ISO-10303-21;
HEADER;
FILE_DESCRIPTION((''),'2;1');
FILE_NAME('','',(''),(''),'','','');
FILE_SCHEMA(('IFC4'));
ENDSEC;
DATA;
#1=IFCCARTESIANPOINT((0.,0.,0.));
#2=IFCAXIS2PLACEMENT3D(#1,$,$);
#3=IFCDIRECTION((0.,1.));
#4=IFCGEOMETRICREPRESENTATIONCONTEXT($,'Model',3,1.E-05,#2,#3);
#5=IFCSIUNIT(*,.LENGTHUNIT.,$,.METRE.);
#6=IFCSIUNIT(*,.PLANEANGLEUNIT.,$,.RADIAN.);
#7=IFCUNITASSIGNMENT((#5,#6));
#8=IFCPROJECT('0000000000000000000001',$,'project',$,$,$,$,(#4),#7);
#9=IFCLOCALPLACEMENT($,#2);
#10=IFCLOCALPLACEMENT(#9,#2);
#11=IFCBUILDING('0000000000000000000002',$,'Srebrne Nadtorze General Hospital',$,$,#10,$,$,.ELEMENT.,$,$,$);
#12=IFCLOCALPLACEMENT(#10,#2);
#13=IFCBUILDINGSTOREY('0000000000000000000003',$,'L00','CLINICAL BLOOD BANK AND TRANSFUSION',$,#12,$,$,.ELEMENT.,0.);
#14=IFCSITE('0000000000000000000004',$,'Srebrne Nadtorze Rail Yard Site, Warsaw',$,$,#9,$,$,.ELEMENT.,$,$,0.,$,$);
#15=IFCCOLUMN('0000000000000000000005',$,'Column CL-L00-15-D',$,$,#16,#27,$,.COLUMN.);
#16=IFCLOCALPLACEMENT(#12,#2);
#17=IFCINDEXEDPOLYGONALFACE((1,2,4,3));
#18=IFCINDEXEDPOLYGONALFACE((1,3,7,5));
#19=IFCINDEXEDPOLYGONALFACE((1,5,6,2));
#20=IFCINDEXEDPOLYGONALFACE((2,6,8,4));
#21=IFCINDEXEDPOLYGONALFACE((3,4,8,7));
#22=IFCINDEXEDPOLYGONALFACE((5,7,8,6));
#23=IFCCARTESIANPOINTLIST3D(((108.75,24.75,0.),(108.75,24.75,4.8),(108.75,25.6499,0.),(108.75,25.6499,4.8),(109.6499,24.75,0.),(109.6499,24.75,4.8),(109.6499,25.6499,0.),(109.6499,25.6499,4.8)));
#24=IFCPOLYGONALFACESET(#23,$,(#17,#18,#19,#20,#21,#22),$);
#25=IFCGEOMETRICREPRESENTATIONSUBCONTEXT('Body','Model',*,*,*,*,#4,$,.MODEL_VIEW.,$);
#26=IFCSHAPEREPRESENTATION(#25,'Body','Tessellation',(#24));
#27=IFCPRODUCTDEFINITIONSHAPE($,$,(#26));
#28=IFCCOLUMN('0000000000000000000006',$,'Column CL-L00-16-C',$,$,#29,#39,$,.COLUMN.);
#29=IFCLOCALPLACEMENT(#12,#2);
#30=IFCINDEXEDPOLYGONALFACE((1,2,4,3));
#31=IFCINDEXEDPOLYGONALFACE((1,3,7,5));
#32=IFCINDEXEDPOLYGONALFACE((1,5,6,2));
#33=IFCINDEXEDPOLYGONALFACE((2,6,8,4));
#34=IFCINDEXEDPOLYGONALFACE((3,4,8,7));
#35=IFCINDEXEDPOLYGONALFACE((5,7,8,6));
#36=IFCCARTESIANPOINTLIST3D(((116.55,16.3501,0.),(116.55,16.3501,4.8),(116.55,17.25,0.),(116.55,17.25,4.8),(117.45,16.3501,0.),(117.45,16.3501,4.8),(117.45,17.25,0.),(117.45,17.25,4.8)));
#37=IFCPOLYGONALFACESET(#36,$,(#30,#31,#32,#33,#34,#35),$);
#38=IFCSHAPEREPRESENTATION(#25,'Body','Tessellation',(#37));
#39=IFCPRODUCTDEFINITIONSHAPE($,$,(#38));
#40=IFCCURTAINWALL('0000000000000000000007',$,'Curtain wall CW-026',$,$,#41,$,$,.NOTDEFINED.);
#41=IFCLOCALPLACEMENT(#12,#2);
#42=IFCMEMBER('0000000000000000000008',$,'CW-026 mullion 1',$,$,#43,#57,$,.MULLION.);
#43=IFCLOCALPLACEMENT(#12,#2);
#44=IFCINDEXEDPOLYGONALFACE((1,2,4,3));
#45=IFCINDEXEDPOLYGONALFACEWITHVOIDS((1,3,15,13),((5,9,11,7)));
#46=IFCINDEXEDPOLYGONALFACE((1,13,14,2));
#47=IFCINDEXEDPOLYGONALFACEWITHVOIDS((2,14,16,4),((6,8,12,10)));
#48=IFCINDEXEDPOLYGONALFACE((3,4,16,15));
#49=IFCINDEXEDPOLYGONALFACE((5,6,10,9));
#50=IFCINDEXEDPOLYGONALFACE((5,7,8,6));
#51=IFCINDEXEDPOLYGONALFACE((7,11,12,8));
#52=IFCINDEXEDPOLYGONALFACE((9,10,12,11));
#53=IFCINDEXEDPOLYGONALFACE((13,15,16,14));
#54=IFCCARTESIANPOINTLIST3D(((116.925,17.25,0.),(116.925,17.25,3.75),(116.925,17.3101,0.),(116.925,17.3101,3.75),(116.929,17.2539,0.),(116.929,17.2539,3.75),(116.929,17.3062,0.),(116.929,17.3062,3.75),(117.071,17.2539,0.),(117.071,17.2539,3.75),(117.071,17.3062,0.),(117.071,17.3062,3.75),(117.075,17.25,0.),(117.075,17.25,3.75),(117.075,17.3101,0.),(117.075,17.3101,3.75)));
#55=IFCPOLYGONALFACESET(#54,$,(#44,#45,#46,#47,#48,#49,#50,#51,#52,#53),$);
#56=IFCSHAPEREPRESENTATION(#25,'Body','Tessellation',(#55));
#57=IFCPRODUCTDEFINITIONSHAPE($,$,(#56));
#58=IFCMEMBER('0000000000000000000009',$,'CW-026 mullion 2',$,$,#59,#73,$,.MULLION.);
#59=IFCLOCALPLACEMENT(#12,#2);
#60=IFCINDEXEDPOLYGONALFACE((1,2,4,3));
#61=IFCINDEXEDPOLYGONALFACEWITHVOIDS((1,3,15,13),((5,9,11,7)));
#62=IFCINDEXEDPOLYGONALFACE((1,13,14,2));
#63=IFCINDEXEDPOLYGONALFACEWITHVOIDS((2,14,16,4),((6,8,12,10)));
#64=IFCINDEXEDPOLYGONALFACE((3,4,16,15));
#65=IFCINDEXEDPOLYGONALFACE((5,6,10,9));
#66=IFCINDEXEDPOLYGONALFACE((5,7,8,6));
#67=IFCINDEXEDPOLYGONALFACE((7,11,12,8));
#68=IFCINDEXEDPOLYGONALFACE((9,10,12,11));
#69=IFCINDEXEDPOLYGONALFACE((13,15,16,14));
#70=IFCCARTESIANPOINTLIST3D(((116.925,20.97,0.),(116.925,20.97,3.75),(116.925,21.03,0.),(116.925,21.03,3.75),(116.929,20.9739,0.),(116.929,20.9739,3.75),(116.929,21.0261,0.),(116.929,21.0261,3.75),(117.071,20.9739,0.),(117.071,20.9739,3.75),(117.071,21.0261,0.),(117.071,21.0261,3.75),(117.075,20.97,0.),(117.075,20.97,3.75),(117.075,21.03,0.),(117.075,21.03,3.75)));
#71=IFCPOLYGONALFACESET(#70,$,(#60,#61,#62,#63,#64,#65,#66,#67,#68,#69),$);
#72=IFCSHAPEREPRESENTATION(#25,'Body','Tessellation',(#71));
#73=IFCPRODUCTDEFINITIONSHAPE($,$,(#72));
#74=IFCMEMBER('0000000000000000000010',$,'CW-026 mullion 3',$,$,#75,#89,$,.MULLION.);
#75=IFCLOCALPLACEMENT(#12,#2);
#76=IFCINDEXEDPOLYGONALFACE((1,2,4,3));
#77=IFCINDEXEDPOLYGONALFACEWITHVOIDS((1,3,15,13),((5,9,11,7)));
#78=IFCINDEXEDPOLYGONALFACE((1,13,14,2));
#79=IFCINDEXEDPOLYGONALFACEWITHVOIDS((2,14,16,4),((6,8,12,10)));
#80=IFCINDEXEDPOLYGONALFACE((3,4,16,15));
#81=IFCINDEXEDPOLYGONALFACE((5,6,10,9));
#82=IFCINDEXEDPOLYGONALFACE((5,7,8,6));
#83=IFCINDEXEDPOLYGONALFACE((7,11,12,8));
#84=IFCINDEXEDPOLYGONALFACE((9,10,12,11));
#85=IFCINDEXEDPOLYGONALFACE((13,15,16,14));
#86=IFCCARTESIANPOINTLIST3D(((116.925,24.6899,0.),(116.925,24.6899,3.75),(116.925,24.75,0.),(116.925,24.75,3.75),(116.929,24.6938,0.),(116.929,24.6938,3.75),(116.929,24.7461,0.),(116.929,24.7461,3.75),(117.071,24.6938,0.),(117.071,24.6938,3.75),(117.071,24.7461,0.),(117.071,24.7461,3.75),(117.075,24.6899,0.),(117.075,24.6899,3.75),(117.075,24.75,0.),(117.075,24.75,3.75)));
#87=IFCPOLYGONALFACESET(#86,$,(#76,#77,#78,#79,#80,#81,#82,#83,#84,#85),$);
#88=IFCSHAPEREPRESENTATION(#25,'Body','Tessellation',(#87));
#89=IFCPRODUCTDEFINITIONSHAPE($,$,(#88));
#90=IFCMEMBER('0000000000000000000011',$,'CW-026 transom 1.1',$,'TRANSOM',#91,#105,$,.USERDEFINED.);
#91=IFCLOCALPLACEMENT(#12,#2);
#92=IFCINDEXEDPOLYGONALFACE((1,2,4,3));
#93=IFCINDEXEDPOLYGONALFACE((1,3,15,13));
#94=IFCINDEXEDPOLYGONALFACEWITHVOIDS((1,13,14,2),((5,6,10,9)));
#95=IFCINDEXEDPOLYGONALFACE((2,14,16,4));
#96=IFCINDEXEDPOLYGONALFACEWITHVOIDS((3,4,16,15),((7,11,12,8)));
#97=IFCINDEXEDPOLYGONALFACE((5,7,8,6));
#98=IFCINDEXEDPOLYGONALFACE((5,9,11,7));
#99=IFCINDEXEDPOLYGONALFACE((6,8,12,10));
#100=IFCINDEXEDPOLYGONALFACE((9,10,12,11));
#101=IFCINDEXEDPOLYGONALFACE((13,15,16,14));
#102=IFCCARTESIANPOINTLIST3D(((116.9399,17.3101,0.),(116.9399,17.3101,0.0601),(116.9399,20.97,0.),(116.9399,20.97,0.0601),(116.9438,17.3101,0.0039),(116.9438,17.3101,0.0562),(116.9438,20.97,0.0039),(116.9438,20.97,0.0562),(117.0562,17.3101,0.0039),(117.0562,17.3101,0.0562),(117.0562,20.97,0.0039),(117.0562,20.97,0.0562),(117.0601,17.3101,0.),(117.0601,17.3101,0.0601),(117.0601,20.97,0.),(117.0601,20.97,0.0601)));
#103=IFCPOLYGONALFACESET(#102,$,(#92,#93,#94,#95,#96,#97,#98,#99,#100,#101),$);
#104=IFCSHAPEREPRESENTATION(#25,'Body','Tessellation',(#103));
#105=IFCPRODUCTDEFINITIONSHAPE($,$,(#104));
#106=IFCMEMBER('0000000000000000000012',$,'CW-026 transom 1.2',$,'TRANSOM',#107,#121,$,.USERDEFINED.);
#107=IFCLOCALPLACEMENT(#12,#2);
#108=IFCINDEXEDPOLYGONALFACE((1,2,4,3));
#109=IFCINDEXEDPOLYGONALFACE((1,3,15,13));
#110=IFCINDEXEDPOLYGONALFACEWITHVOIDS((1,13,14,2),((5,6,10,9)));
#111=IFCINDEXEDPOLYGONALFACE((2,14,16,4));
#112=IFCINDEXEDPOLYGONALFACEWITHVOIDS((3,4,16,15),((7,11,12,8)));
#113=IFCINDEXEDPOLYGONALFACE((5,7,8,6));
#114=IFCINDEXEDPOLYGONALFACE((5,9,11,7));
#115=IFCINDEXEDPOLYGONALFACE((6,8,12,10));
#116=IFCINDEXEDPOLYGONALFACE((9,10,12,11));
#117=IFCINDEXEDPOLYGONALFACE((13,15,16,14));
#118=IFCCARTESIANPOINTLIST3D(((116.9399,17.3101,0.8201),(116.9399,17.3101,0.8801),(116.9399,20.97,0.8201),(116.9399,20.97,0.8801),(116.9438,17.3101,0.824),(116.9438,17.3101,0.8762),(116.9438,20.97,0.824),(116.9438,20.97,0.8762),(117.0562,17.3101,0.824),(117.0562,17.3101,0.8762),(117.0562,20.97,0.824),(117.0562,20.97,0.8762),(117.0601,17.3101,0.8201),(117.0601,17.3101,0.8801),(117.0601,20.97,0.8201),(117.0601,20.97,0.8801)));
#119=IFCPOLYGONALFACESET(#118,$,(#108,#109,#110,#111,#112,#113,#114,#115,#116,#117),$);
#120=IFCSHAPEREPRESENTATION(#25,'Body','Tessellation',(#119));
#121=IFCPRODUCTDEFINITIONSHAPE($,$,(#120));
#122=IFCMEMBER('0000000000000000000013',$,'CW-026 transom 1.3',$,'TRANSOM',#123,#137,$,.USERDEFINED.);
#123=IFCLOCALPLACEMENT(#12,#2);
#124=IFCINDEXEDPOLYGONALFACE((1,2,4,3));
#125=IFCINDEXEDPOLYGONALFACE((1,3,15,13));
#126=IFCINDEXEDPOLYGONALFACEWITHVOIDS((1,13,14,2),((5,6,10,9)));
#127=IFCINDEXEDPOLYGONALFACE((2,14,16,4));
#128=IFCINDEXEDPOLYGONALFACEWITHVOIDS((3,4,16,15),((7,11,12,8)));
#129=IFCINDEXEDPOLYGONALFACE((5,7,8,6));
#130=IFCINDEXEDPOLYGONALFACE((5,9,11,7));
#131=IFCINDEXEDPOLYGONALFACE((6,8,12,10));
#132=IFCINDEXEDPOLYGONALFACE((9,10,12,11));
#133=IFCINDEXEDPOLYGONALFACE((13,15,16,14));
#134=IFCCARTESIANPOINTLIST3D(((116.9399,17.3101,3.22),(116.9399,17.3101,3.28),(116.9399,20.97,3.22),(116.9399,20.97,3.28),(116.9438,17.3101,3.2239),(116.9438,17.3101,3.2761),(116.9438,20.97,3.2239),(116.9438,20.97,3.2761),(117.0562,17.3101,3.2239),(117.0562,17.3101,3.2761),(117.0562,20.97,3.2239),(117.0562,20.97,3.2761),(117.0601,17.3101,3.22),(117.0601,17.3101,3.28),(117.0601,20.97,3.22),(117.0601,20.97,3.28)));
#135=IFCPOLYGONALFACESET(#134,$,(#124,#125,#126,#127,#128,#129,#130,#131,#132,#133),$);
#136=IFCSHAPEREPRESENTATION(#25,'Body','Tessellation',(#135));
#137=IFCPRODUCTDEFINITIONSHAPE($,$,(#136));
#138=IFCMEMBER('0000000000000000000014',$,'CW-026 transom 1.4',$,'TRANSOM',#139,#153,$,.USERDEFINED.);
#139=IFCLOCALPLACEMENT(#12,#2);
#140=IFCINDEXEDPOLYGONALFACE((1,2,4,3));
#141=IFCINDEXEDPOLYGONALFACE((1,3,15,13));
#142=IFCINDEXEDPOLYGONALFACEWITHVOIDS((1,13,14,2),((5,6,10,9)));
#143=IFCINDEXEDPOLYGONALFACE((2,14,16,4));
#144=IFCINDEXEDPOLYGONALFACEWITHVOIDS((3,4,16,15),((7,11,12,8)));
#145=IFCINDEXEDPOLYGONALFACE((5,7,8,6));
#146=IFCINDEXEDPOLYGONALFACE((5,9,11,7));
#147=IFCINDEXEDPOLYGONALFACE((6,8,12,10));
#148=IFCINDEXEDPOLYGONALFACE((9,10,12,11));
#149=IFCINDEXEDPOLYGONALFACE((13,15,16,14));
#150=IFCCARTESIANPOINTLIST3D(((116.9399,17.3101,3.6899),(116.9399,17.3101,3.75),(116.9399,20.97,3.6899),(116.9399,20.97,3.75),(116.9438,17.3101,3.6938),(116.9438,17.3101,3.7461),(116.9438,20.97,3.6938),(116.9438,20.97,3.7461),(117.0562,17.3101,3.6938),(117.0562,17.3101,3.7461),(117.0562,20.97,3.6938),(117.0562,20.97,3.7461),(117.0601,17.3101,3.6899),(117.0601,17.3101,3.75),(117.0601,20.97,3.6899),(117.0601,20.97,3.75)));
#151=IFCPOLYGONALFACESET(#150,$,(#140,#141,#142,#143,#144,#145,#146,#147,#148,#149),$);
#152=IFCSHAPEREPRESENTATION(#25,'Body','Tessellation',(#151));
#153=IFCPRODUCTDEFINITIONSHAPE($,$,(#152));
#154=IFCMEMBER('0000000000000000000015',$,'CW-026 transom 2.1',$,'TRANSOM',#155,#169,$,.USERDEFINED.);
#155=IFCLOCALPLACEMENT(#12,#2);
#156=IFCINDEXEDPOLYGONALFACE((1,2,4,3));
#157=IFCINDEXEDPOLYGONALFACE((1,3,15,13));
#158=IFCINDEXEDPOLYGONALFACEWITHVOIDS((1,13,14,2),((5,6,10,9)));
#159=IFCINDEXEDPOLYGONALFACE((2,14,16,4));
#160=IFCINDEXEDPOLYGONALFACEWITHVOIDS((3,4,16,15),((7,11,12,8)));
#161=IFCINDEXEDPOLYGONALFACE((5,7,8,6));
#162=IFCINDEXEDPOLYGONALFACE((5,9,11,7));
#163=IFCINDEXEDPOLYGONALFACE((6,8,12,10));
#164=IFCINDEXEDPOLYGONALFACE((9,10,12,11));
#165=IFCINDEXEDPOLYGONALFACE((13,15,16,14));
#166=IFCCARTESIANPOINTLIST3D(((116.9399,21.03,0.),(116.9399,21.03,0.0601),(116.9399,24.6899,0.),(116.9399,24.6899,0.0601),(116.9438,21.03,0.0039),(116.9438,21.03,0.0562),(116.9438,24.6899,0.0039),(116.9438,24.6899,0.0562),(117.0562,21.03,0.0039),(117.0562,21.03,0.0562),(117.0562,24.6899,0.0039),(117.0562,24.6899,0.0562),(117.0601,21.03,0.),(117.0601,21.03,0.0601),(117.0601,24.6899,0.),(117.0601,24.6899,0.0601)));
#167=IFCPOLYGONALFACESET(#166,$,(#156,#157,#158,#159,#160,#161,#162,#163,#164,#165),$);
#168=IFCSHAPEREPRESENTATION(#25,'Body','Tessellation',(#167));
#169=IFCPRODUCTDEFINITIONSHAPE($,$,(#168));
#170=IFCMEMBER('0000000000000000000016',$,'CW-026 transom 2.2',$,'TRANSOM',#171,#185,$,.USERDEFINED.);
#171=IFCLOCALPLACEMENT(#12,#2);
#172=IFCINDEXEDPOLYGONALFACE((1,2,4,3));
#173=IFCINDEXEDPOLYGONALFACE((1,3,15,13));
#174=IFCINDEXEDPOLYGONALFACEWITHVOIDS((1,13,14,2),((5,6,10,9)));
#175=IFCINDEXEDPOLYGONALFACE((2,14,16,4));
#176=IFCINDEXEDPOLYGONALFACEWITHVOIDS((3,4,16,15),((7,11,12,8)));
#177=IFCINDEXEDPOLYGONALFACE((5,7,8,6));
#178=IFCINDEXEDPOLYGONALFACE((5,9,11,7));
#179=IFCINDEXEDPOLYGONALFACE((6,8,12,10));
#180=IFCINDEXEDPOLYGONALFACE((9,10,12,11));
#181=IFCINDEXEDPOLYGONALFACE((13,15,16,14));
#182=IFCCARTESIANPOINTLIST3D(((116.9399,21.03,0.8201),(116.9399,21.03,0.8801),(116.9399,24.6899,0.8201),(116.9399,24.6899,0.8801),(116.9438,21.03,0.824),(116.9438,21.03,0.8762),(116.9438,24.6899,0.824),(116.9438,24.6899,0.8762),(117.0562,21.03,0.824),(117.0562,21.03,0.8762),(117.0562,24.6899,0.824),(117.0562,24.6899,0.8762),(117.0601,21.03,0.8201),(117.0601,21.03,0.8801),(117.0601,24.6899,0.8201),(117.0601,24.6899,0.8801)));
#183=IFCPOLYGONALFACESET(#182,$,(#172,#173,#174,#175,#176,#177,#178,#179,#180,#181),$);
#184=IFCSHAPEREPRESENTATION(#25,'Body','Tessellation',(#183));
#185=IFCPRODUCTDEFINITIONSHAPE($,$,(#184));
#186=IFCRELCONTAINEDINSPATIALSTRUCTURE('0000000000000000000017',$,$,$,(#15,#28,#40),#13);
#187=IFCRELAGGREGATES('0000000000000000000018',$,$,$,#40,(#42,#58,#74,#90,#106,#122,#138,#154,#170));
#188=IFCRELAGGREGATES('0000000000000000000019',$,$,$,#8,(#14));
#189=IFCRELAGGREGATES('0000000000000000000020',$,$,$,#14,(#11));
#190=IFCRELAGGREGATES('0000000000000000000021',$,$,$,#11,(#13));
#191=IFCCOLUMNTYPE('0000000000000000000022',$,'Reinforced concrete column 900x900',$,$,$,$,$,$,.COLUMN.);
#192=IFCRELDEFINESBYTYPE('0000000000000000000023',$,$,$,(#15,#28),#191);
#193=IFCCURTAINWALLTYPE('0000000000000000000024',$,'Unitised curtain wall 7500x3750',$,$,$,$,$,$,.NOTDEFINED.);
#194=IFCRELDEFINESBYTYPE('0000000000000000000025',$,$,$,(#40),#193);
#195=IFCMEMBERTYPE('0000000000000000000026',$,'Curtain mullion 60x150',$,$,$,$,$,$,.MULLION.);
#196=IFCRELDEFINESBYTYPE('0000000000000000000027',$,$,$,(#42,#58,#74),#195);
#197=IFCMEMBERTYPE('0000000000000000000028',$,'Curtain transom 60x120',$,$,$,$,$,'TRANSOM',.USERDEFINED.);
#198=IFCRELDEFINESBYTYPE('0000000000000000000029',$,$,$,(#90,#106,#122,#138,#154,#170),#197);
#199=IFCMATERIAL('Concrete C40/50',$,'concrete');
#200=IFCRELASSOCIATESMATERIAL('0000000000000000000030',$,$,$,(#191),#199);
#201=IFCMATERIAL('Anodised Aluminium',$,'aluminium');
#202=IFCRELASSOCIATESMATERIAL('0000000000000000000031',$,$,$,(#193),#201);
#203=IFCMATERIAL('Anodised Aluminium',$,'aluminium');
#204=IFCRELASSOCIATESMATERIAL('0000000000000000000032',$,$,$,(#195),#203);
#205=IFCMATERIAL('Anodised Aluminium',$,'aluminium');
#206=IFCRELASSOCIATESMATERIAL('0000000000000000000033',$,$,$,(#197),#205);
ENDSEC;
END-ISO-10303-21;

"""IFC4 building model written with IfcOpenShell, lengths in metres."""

from ifc_helpers import new_model, si_unit, direction, frame, origin, origin_2d, place, context, subcontext, project, spatial, rectangle, hollow_rectangle, extrude, material, material_profile, profile_set, type_object, element, aggregate, save


model = new_model("IFC4")

# Units and contexts
model_context = context("Model", 3, precision=1e-05, world=origin(), true_north=direction((0.0, 1.0)))
body_context = subcontext(model_context, "Body", "Model", "MODEL_VIEW")
ifc_project = project(units=[si_unit("LENGTHUNIT", "METRE"), si_unit("PLANEANGLEUNIT", "RADIAN")], contexts=[model_context])

# Site, building, storey
site_placement = place(None, origin())
site = spatial("IfcSite", under=ifc_project, at=site_placement, Name="Srebrne Nadtorze Rail Yard Site, Warsaw", CompositionType="ELEMENT", RefElevation=0.0)
building_placement = place(site_placement, origin())
building = spatial("IfcBuilding", under=site, at=building_placement, Name="Srebrne Nadtorze General Hospital", CompositionType="ELEMENT")
storey_placement = place(building_placement, origin())
storey = spatial("IfcBuildingStorey", under=building, at=storey_placement, Name="L00", Description="CLINICAL BLOOD BANK AND TRANSFUSION", CompositionType="ELEMENT", Elevation=0.0)

# Columns
ifc_material_1 = material(Name="Concrete C40/50", Category="concrete")
ifc_material_profile_1 = material_profile(ifc_material_1, rectangle(XDim=0.8999, YDim=0.8999, at=origin_2d()), Name="RC-COL-900x900")
ifc_profile_set_1 = profile_set([ifc_material_profile_1], Name="Concrete C40/50")
column_type = type_object("IfcColumnType", Name="Reinforced concrete column 900x900", PredefinedType="COLUMN", material=ifc_profile_set_1)
for number, where, z_axis, x_axis, name in (
    (1, (109.2, 25.2, 0.0), (0.0, 0.0, 1.0), (1.0, 0.0, 0.0), "Column CL-L00-15-D"),
    (2, (117.0, 16.8, 0.0), (0.0, 0.0, 1.0), (1.0, 0.0, 0.0), "Column CL-L00-16-C"),
):
    element("IfcColumn", number, at=place(storey_placement, frame(where, z_axis=z_axis, x_axis=x_axis)), inside=storey, type_object=column_type, Name=name, PredefinedType="COLUMN", context=body_context, shape_type="SweptSolid", body=[
        extrude(rectangle(XDim=0.8999, YDim=0.8999, at=origin_2d()), origin(), (0.0, 0.0, 1.0), 4.8),
    ])

# Curtain wall, members
ifc_material_2 = material(Name="Anodised Aluminium", Category="aluminium")
curtain_wall_type = type_object("IfcCurtainWallType", Name="Unitised curtain wall 7500x3750", PredefinedType="NOTDEFINED", material=ifc_material_2)
curtain_wall_placement = place(storey_placement, origin())
curtain_wall = element("IfcCurtainWall", 3, at=curtain_wall_placement, inside=storey, type_object=curtain_wall_type, Name="Curtain wall CW-026", PredefinedType="NOTDEFINED")
ifc_material_3 = material(Name="Anodised Aluminium", Category="aluminium")
ifc_material_profile_2 = material_profile(ifc_material_3, hollow_rectangle(XDim=0.0601, YDim=0.1499, WallThickness=0.0039, at=origin_2d()), Name="AL-MUL-60x150")
ifc_profile_set_2 = profile_set([ifc_material_profile_2], Name="Anodised Aluminium")
member_type_1 = type_object("IfcMemberType", Name="Curtain mullion 60x150", PredefinedType="MULLION", material=ifc_profile_set_2)
member_1_placement = place(storey_placement, frame((117.0, 17.28, 0.0), z_axis=(0.0, 0.0, 1.0), x_axis=(0.0, 1.0, 0.0)))
member_1 = element("IfcMember", 4, at=member_1_placement, type_object=member_type_1, Name="CW-026 mullion 1", PredefinedType="MULLION", context=body_context, shape_type="SweptSolid", body=[
    extrude(hollow_rectangle(XDim=0.0601, YDim=0.1499, WallThickness=0.0039, at=origin_2d()), origin(), (0.0, 0.0, 1.0), 3.75),
])
member_2_placement = place(storey_placement, frame((117.0, 21.0, 0.0), z_axis=(0.0, 0.0, 1.0), x_axis=(0.0, 1.0, 0.0)))
member_2 = element("IfcMember", 5, at=member_2_placement, type_object=member_type_1, Name="CW-026 mullion 2", PredefinedType="MULLION", context=body_context, shape_type="SweptSolid", body=[
    extrude(hollow_rectangle(XDim=0.0601, YDim=0.1499, WallThickness=0.0039, at=origin_2d()), origin(), (0.0, 0.0, 1.0), 3.75),
])
member_3_placement = place(storey_placement, frame((117.0, 24.72, 0.0), z_axis=(0.0, 0.0, 1.0), x_axis=(0.0, 1.0, 0.0)))
member_3 = element("IfcMember", 6, at=member_3_placement, type_object=member_type_1, Name="CW-026 mullion 3", PredefinedType="MULLION", context=body_context, shape_type="SweptSolid", body=[
    extrude(hollow_rectangle(XDim=0.0601, YDim=0.1499, WallThickness=0.0039, at=origin_2d()), origin(), (0.0, 0.0, 1.0), 3.75),
])
ifc_material_4 = material(Name="Anodised Aluminium", Category="aluminium")
ifc_material_profile_3 = material_profile(ifc_material_4, hollow_rectangle(XDim=0.0601, YDim=0.1201, WallThickness=0.0039, at=origin_2d()), Name="AL-TRN-60x120")
ifc_profile_set_3 = profile_set([ifc_material_profile_3], Name="Anodised Aluminium")
member_type_2 = type_object("IfcMemberType", Name="Curtain transom 60x120", ElementType="TRANSOM", PredefinedType="USERDEFINED", material=ifc_profile_set_3)
member_4_placement = place(storey_placement, frame((117.0, 17.3101, 0.03), z_axis=(0.0, 1.0, 0.0), x_axis=(0.0, 0.0, 1.0)))
member_4 = element("IfcMember", 7, at=member_4_placement, type_object=member_type_2, Name="CW-026 transom 1.1", ObjectType="TRANSOM", PredefinedType="USERDEFINED", context=body_context, shape_type="SweptSolid", body=[
    extrude(hollow_rectangle(XDim=0.0601, YDim=0.1201, WallThickness=0.0039, at=origin_2d()), origin(), (0.0, 0.0, 1.0), 3.6599),
])
member_5_placement = place(storey_placement, frame((117.0, 17.3101, 0.8501), z_axis=(0.0, 1.0, 0.0), x_axis=(0.0, 0.0, 1.0)))
member_5 = element("IfcMember", 8, at=member_5_placement, type_object=member_type_2, Name="CW-026 transom 1.2", ObjectType="TRANSOM", PredefinedType="USERDEFINED", context=body_context, shape_type="SweptSolid", body=[
    extrude(hollow_rectangle(XDim=0.0601, YDim=0.1201, WallThickness=0.0039, at=origin_2d()), origin(), (0.0, 0.0, 1.0), 3.6599),
])
member_6_placement = place(storey_placement, frame((117.0, 17.3101, 3.25), z_axis=(0.0, 1.0, 0.0), x_axis=(0.0, 0.0, 1.0)))
member_6 = element("IfcMember", 9, at=member_6_placement, type_object=member_type_2, Name="CW-026 transom 1.3", ObjectType="TRANSOM", PredefinedType="USERDEFINED", context=body_context, shape_type="SweptSolid", body=[
    extrude(hollow_rectangle(XDim=0.0601, YDim=0.1201, WallThickness=0.0039, at=origin_2d()), origin(), (0.0, 0.0, 1.0), 3.6599),
])
member_7_placement = place(storey_placement, frame((117.0, 17.3101, 3.72), z_axis=(0.0, 1.0, 0.0), x_axis=(0.0, 0.0, 1.0)))
member_7 = element("IfcMember", 10, at=member_7_placement, type_object=member_type_2, Name="CW-026 transom 1.4", ObjectType="TRANSOM", PredefinedType="USERDEFINED", context=body_context, shape_type="SweptSolid", body=[
    extrude(hollow_rectangle(XDim=0.0601, YDim=0.1201, WallThickness=0.0039, at=origin_2d()), origin(), (0.0, 0.0, 1.0), 3.6599),
])
member_8_placement = place(storey_placement, frame((117.0, 21.03, 0.03), z_axis=(0.0, 1.0, 0.0), x_axis=(0.0, 0.0, 1.0)))
member_8 = element("IfcMember", 11, at=member_8_placement, type_object=member_type_2, Name="CW-026 transom 2.1", ObjectType="TRANSOM", PredefinedType="USERDEFINED", context=body_context, shape_type="SweptSolid", body=[
    extrude(hollow_rectangle(XDim=0.0601, YDim=0.1201, WallThickness=0.0039, at=origin_2d()), origin(), (0.0, 0.0, 1.0), 3.6599),
])
member_9_placement = place(storey_placement, frame((117.0, 21.03, 0.8501), z_axis=(0.0, 1.0, 0.0), x_axis=(0.0, 0.0, 1.0)))
member_9 = element("IfcMember", 12, at=member_9_placement, type_object=member_type_2, Name="CW-026 transom 2.2", ObjectType="TRANSOM", PredefinedType="USERDEFINED", context=body_context, shape_type="SweptSolid", body=[
    extrude(hollow_rectangle(XDim=0.0601, YDim=0.1201, WallThickness=0.0039, at=origin_2d()), origin(), (0.0, 0.0, 1.0), 3.6599),
])

aggregate(curtain_wall, [member_1, member_2, member_3, member_4, member_5, member_6, member_7, member_8, member_9])

save(model, "model.ifc")
